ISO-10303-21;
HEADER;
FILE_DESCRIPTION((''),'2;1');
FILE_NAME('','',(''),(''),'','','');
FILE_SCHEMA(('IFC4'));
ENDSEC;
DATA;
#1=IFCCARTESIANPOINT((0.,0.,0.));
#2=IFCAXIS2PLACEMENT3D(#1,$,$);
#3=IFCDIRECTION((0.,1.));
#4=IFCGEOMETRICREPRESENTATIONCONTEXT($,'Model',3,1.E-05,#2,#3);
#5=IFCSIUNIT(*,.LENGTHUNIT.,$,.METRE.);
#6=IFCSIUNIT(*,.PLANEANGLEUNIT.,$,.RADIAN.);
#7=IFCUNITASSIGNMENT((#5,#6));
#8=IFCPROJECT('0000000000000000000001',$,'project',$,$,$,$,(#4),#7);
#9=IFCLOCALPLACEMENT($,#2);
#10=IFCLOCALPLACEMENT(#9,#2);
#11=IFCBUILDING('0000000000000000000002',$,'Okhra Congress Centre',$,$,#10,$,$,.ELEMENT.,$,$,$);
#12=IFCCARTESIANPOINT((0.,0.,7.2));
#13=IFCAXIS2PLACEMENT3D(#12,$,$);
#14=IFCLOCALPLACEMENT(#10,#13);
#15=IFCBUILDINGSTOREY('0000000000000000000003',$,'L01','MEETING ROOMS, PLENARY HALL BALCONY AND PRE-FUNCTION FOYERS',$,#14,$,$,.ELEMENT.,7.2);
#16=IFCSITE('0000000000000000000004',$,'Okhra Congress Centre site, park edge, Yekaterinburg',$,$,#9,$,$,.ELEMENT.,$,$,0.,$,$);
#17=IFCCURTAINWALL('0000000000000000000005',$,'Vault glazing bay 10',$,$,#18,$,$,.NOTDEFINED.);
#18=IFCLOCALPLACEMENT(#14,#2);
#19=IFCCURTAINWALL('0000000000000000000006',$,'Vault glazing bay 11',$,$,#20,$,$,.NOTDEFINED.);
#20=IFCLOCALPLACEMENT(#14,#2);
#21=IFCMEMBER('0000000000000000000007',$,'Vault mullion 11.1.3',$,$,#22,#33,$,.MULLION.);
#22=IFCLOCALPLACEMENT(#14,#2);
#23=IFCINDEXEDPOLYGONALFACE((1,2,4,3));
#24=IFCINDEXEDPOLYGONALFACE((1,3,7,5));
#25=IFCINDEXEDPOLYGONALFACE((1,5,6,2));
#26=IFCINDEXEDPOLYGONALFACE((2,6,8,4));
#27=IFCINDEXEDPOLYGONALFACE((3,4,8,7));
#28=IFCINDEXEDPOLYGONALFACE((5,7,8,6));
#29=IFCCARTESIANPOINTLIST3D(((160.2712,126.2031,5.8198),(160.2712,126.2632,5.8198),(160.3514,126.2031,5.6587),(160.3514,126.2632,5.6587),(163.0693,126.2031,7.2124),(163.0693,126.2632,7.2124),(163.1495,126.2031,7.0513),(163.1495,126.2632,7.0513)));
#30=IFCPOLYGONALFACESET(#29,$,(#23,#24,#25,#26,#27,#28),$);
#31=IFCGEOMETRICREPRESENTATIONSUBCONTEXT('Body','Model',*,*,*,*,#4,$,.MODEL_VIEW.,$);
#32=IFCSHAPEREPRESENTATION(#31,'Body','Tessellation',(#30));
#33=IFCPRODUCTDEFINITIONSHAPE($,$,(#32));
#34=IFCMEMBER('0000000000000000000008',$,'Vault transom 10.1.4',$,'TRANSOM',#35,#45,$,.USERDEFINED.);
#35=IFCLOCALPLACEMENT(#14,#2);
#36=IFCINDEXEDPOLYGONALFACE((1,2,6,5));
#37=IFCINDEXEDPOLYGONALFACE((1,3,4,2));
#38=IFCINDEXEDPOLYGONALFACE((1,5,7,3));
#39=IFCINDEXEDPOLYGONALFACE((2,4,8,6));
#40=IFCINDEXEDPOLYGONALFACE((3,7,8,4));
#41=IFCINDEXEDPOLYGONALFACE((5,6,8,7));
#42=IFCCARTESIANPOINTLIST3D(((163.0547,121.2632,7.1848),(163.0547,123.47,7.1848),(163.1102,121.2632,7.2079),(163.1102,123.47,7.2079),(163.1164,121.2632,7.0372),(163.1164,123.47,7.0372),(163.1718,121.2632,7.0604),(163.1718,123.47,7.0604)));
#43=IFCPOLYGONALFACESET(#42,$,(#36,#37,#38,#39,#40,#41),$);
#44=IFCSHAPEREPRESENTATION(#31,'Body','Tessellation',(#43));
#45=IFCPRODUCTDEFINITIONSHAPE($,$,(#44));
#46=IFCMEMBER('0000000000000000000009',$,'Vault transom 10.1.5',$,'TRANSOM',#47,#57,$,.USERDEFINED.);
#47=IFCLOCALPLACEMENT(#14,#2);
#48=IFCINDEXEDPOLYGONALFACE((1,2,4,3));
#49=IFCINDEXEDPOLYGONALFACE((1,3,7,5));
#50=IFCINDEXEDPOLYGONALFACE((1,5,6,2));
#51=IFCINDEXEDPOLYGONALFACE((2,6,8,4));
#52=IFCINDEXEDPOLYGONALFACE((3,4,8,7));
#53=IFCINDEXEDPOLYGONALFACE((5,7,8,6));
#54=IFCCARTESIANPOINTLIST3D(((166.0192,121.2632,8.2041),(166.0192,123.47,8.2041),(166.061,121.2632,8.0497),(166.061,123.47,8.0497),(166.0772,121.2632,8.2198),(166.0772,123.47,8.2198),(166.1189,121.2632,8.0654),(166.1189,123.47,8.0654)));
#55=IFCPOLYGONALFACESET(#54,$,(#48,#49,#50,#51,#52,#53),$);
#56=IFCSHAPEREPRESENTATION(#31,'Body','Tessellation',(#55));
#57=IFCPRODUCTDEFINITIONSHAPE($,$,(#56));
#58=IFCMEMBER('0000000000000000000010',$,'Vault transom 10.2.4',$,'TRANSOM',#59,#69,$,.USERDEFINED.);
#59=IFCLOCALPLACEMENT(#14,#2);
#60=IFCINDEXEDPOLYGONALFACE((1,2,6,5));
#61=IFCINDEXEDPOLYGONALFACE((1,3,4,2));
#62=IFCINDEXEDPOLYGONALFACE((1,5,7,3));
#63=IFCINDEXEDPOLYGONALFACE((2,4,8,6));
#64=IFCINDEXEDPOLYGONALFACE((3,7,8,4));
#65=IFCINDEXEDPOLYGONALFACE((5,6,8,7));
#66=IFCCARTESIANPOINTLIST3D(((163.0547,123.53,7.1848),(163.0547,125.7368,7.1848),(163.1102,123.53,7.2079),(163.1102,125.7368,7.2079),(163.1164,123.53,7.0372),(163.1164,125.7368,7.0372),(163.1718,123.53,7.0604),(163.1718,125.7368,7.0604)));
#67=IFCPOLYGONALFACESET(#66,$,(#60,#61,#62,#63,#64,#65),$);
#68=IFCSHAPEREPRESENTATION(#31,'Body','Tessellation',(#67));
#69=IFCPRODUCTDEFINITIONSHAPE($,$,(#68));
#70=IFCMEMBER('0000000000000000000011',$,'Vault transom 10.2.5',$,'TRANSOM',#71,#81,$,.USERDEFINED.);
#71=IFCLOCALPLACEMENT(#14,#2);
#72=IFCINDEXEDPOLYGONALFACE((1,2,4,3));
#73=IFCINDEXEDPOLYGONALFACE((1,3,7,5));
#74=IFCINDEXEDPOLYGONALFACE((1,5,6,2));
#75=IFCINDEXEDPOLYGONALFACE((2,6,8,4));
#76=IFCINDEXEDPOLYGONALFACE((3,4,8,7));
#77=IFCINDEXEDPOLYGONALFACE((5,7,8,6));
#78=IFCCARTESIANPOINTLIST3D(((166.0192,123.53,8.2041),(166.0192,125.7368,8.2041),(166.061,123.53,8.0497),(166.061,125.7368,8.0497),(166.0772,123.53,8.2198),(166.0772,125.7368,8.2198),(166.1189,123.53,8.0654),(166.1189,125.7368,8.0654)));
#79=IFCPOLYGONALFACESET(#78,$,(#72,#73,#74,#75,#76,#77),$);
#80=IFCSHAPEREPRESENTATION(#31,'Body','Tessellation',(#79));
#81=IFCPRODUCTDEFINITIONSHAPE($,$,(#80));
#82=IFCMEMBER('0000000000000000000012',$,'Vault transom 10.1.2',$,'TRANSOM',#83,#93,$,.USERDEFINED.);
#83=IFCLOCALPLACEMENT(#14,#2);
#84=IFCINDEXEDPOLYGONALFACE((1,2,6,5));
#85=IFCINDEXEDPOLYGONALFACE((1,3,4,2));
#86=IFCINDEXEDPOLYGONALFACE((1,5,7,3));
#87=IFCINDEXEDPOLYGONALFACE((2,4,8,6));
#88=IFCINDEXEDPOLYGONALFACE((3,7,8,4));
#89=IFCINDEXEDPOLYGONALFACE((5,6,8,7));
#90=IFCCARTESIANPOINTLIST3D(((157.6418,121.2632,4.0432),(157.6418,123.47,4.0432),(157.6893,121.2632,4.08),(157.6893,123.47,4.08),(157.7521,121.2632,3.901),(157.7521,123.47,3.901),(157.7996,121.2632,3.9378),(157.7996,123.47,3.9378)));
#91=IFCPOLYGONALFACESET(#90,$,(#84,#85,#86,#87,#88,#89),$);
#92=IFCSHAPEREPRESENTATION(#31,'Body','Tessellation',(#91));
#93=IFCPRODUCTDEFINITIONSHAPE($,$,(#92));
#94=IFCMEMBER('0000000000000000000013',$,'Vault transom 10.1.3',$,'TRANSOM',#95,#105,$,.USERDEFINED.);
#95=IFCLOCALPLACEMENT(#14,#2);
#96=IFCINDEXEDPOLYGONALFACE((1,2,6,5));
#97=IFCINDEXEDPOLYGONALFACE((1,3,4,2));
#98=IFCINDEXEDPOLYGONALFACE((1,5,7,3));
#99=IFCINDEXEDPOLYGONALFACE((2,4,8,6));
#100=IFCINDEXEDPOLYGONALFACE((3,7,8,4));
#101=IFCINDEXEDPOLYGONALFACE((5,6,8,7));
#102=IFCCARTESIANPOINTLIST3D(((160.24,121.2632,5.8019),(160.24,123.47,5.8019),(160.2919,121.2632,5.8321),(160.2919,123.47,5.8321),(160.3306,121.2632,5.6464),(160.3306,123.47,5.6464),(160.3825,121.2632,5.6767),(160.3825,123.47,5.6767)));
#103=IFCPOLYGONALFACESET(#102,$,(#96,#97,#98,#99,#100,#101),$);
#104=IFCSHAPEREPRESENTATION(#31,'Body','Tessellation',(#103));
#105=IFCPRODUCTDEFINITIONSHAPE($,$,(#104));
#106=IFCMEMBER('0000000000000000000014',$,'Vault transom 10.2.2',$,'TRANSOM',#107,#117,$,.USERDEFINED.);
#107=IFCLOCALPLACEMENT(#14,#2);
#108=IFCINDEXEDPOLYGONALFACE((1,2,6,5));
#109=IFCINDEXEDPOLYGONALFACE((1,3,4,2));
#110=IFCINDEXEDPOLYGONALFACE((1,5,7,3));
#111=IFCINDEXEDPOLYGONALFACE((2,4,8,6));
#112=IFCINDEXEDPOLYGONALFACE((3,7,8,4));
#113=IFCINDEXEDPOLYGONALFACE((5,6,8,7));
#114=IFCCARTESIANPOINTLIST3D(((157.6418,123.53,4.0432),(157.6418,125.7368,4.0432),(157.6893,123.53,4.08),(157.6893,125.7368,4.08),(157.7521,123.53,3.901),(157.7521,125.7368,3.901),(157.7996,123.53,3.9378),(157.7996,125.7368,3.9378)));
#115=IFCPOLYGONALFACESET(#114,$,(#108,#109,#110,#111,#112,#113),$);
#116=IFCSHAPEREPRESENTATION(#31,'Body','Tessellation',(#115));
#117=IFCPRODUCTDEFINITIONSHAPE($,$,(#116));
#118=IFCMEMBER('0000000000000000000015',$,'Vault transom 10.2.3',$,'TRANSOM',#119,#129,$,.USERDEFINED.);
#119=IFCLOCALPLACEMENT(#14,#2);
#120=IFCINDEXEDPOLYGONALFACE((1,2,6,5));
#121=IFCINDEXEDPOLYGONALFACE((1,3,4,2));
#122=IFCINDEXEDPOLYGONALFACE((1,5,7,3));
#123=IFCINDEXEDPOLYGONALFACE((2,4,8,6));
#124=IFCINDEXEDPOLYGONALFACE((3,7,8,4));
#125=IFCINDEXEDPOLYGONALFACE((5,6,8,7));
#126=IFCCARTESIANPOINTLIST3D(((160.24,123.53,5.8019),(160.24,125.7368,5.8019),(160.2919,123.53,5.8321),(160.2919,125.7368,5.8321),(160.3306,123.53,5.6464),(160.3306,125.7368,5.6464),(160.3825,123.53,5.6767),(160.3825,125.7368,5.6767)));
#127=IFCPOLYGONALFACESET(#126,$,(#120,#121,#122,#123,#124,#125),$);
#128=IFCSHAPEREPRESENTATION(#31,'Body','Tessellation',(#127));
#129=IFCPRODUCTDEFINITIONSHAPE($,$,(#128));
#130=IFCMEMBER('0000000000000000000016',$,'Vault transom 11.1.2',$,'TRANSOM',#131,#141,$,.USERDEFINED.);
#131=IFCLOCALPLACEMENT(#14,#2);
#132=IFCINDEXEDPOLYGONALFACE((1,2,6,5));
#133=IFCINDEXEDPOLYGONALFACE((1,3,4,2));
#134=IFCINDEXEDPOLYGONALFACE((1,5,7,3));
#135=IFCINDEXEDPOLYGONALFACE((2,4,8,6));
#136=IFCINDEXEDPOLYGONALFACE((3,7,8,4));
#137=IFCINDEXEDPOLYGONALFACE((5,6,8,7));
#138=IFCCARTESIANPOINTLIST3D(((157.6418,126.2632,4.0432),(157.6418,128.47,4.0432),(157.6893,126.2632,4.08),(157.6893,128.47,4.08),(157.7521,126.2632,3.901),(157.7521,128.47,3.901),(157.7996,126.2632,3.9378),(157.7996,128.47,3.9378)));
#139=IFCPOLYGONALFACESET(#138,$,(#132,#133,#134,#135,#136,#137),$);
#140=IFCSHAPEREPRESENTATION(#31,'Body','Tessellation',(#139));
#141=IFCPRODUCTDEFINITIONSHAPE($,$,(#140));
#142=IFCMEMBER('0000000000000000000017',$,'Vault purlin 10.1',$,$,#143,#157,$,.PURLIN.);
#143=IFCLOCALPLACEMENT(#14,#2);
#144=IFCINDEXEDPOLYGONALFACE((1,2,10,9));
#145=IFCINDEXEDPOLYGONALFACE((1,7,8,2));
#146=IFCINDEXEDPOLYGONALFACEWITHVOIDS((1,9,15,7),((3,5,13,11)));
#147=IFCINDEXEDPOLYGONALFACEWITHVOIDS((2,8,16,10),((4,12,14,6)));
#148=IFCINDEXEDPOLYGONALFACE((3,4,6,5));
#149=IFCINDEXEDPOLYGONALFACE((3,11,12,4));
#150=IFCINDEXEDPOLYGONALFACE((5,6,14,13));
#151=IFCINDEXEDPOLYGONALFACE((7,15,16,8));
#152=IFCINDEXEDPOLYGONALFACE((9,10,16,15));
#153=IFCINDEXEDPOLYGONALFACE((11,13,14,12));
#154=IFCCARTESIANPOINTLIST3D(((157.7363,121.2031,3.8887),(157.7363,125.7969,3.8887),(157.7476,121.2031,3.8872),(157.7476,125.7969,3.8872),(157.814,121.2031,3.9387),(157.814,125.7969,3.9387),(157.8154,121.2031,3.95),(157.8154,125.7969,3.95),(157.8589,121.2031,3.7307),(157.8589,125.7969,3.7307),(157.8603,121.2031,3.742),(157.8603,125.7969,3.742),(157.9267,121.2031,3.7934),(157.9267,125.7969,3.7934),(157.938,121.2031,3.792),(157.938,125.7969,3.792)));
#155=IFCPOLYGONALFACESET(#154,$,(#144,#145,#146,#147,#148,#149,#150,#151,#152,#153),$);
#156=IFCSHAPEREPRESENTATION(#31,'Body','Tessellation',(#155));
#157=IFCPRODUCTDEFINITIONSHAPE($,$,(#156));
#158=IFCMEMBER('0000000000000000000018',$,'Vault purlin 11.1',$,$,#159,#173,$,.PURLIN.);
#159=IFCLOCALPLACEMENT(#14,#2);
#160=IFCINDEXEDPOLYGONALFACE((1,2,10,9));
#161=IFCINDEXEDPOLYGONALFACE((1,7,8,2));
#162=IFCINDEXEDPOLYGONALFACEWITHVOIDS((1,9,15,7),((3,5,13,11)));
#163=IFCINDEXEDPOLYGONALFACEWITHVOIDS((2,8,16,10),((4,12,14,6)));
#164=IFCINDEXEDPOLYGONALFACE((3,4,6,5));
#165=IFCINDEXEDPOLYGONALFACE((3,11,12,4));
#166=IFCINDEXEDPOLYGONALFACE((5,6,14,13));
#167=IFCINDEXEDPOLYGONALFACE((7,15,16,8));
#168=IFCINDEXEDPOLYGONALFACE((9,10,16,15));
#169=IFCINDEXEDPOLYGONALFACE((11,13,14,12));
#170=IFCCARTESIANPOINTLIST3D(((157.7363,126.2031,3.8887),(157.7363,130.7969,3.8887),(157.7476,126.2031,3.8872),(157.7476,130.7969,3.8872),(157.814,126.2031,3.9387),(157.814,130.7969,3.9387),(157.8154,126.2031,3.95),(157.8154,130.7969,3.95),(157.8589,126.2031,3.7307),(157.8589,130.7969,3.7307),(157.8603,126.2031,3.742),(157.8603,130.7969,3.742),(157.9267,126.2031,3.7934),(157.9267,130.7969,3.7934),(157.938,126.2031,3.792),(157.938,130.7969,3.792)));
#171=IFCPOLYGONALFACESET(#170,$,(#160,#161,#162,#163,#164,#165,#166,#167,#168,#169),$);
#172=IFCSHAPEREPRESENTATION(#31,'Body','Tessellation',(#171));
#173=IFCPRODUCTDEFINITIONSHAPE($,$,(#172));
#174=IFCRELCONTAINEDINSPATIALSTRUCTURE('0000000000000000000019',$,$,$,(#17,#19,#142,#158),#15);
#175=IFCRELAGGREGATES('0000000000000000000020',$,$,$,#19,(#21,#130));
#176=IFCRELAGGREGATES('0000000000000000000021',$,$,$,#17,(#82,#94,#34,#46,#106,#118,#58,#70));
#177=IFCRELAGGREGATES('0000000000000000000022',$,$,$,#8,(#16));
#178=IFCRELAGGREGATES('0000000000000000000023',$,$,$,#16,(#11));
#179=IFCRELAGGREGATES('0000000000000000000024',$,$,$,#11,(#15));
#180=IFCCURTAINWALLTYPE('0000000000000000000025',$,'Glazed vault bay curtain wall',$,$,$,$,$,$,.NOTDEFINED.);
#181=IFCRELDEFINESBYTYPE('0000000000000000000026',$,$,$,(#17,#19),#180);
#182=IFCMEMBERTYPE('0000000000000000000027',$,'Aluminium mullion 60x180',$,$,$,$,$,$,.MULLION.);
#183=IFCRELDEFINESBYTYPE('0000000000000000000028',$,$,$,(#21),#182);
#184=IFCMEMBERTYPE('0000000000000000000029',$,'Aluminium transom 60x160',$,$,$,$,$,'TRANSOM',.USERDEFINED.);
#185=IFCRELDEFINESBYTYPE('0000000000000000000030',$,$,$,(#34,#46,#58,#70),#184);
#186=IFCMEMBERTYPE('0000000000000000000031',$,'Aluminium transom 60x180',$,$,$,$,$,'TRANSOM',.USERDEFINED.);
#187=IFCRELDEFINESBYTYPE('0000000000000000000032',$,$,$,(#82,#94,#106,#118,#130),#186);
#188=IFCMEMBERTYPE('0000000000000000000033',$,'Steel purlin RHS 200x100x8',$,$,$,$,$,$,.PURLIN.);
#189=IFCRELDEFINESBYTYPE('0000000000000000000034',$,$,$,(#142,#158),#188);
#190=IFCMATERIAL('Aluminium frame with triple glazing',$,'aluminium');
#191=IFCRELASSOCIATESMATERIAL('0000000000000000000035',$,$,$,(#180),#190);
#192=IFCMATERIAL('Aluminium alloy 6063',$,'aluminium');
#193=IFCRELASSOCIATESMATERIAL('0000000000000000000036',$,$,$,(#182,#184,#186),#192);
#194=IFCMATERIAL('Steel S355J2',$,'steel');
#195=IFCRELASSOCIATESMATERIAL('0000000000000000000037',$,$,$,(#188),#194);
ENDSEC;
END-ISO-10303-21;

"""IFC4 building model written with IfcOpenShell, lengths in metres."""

from ifc_helpers import new_model, si_unit, direction, frame, origin, origin_2d, place, context, subcontext, project, spatial, rectangle, hollow_rectangle, extrude, material, material_profile, profile_set, type_object, element, aggregate, save


model = new_model("IFC4")

# Units and contexts
model_context = context("Model", 3, precision=1e-05, world=origin(), true_north=direction((0.0, 1.0)))
body_context = subcontext(model_context, "Body", "Model", "MODEL_VIEW")
ifc_project = project(units=[si_unit("LENGTHUNIT", "METRE"), si_unit("PLANEANGLEUNIT", "RADIAN")], contexts=[model_context])

# Site, building, storey
site_placement = place(None, origin())
site = spatial("IfcSite", under=ifc_project, at=site_placement, Name="Okhra Congress Centre site, park edge, Yekaterinburg", CompositionType="ELEMENT", RefElevation=0.0)
building_placement = place(site_placement, origin())
building = spatial("IfcBuilding", under=site, at=building_placement, Name="Okhra Congress Centre", CompositionType="ELEMENT")
storey_placement = place(building_placement, frame((0.0, 0.0, 7.2)))
storey = spatial("IfcBuildingStorey", under=building, at=storey_placement, Name="L01", Description="MEETING ROOMS, PLENARY HALL BALCONY AND PRE-FUNCTION FOYERS", CompositionType="ELEMENT", Elevation=7.2)

# Curtain walls
ifc_material_1 = material(Name="Aluminium frame with triple glazing", Category="aluminium")
curtain_wall_type = type_object("IfcCurtainWallType", Name="Glazed vault bay curtain wall", PredefinedType="NOTDEFINED", material=ifc_material_1)
curtain_wall_1_placement = place(storey_placement, origin())
curtain_wall_1 = element("IfcCurtainWall", 1, at=curtain_wall_1_placement, inside=storey, type_object=curtain_wall_type, Name="Vault glazing bay 10", PredefinedType="NOTDEFINED")
ifc_material_2 = material(Name="Aluminium alloy 6063", Category="aluminium")
curtain_wall_2_placement = place(storey_placement, origin())
curtain_wall_2 = element("IfcCurtainWall", 2, at=curtain_wall_2_placement, inside=storey, type_object=curtain_wall_type, Name="Vault glazing bay 11", PredefinedType="NOTDEFINED")

# Members
ifc_material_profile_1 = material_profile(ifc_material_2, rectangle(XDim=0.0601, YDim=0.1799, at=origin_2d()), Name="AL 60x180")
ifc_profile_set_1 = profile_set([ifc_material_profile_1], Name="Aluminium alloy 6063")
member_type_1 = type_object("IfcMemberType", Name="Aluminium mullion 60x180", PredefinedType="MULLION", material=ifc_profile_set_1)
member_1_placement = place(storey_placement, frame((160.3113, 126.2332, 5.7393), z_axis=(0.895254, 0.0, 0.445557), x_axis=(0.0, 1.0, 0.0)))
member_1 = element("IfcMember", 3, at=member_1_placement, type_object=member_type_1, Name="Vault mullion 11.1.3", PredefinedType="MULLION", context=body_context, shape_type="SweptSolid", body=[
    extrude(rectangle(XDim=0.0601, YDim=0.1799, at=origin_2d()), origin(), (0.0, 0.0, 1.0), 3.1255),
])
ifc_material_profile_2 = material_profile(ifc_material_2, rectangle(XDim=0.0601, YDim=0.1599, at=origin_2d()), Name="AL 60x160 transom")
ifc_profile_set_2 = profile_set([ifc_material_profile_2], Name="Aluminium alloy 6063")
member_type_2 = type_object("IfcMemberType", Name="Aluminium transom 60x160", ElementType="TRANSOM", PredefinedType="USERDEFINED", material=ifc_profile_set_2)
member_2_placement = place(storey_placement, frame((163.1133, 121.2632, 7.1226), z_axis=(0.0, 1.0, 0.0), x_axis=(-0.922669, 0.0, -0.385593)))
member_2 = element("IfcMember", 4, at=member_2_placement, type_object=member_type_2, Name="Vault transom 10.1.4", ObjectType="TRANSOM", PredefinedType="USERDEFINED", context=body_context, shape_type="SweptSolid", body=[
    extrude(rectangle(XDim=0.0601, YDim=0.1599, at=origin_2d()), origin(), (0.0, 0.0, 1.0), 2.2068),
])
member_3_placement = place(storey_placement, frame((166.0691, 121.2632, 8.1348), z_axis=(0.0, 1.0, 0.0), x_axis=(-0.96538, 0.0, -0.260848)))
member_3 = element("IfcMember", 5, at=member_3_placement, type_object=member_type_2, Name="Vault transom 10.1.5", ObjectType="TRANSOM", PredefinedType="USERDEFINED", context=body_context, shape_type="SweptSolid", body=[
    extrude(rectangle(XDim=0.0601, YDim=0.1599, at=origin_2d()), origin(), (0.0, 0.0, 1.0), 2.2068),
])
member_4_placement = place(storey_placement, frame((163.1133, 123.53, 7.1226), z_axis=(0.0, 1.0, 0.0), x_axis=(-0.922669, 0.0, -0.385593)))
member_4 = element("IfcMember", 6, at=member_4_placement, type_object=member_type_2, Name="Vault transom 10.2.4", ObjectType="TRANSOM", PredefinedType="USERDEFINED", context=body_context, shape_type="SweptSolid", body=[
    extrude(rectangle(XDim=0.0601, YDim=0.1599, at=origin_2d()), origin(), (0.0, 0.0, 1.0), 2.2068),
])
member_5_placement = place(storey_placement, frame((166.0691, 123.53, 8.1348), z_axis=(0.0, 1.0, 0.0), x_axis=(-0.96538, 0.0, -0.260848)))
member_5 = element("IfcMember", 7, at=member_5_placement, type_object=member_type_2, Name="Vault transom 10.2.5", ObjectType="TRANSOM", PredefinedType="USERDEFINED", context=body_context, shape_type="SweptSolid", body=[
    extrude(rectangle(XDim=0.0601, YDim=0.1599, at=origin_2d()), origin(), (0.0, 0.0, 1.0), 2.2068),
])
ifc_material_profile_3 = material_profile(ifc_material_2, rectangle(XDim=0.0601, YDim=0.1799, at=origin_2d()), Name="AL 60x180 transom")
ifc_profile_set_3 = profile_set([ifc_material_profile_3], Name="Aluminium alloy 6063")
member_type_3 = type_object("IfcMemberType", Name="Aluminium transom 60x180", ElementType="TRANSOM", PredefinedType="USERDEFINED", material=ifc_profile_set_3)
member_6_placement = place(storey_placement, frame((157.7207, 121.2632, 3.9905), z_axis=(0.0, 1.0, 0.0), x_axis=(-0.790145, 0.0, -0.61292)))
member_6 = element("IfcMember", 8, at=member_6_placement, type_object=member_type_3, Name="Vault transom 10.1.2", ObjectType="TRANSOM", PredefinedType="USERDEFINED", context=body_context, shape_type="SweptSolid", body=[
    extrude(rectangle(XDim=0.0601, YDim=0.1799, at=origin_2d()), origin(), (0.0, 0.0, 1.0), 2.2068),
])
member_7_placement = place(storey_placement, frame((160.3113, 121.2632, 5.7393), z_axis=(0.0, 1.0, 0.0), x_axis=(-0.863917, 0.0, -0.503634)))
member_7 = element("IfcMember", 9, at=member_7_placement, type_object=member_type_3, Name="Vault transom 10.1.3", ObjectType="TRANSOM", PredefinedType="USERDEFINED", context=body_context, shape_type="SweptSolid", body=[
    extrude(rectangle(XDim=0.0601, YDim=0.1799, at=origin_2d()), origin(), (0.0, 0.0, 1.0), 2.2068),
])
member_8_placement = place(storey_placement, frame((157.7207, 123.53, 3.9905), z_axis=(0.0, 1.0, 0.0), x_axis=(-0.790145, 0.0, -0.61292)))
member_8 = element("IfcMember", 10, at=member_8_placement, type_object=member_type_3, Name="Vault transom 10.2.2", ObjectType="TRANSOM", PredefinedType="USERDEFINED", context=body_context, shape_type="SweptSolid", body=[
    extrude(rectangle(XDim=0.0601, YDim=0.1799, at=origin_2d()), origin(), (0.0, 0.0, 1.0), 2.2068),
])
member_9_placement = place(storey_placement, frame((160.3113, 123.53, 5.7393), z_axis=(0.0, 1.0, 0.0), x_axis=(-0.863917, 0.0, -0.503634)))
member_9 = element("IfcMember", 11, at=member_9_placement, type_object=member_type_3, Name="Vault transom 10.2.3", ObjectType="TRANSOM", PredefinedType="USERDEFINED", context=body_context, shape_type="SweptSolid", body=[
    extrude(rectangle(XDim=0.0601, YDim=0.1799, at=origin_2d()), origin(), (0.0, 0.0, 1.0), 2.2068),
])
member_10_placement = place(storey_placement, frame((157.7207, 126.2632, 3.9905), z_axis=(0.0, 1.0, 0.0), x_axis=(-0.790145, 0.0, -0.61292)))
member_10 = element("IfcMember", 12, at=member_10_placement, type_object=member_type_3, Name="Vault transom 11.1.2", ObjectType="TRANSOM", PredefinedType="USERDEFINED", context=body_context, shape_type="SweptSolid", body=[
    extrude(rectangle(XDim=0.0601, YDim=0.1799, at=origin_2d()), origin(), (0.0, 0.0, 1.0), 2.2068),
])

# Members
ifc_material_3 = material(Name="Steel S355J2", Category="steel")
ifc_material_profile_4 = material_profile(ifc_material_3, hollow_rectangle(XDim=0.1001, YDim=0.2, WallThickness=0.0081, at=origin_2d()), Name="RHS 200x100x8")
ifc_profile_set_4 = profile_set([ifc_material_profile_4], Name="Steel S355J2")
member_type_4 = type_object("IfcMemberType", Name="Steel purlin RHS 200x100x8", PredefinedType="PURLIN", material=ifc_profile_set_4)
for number, where, z_axis, x_axis, name in (
    (13, (157.8372, 121.2031, 3.8403), (0.0, 1.0, 0.0), (-0.790145, 0.0, -0.61292), "Vault purlin 10.1"),
    (14, (157.8372, 126.2031, 3.8403), (0.0, 1.0, 0.0), (-0.790145, 0.0, -0.61292), "Vault purlin 11.1"),
):
    element("IfcMember", number, at=place(storey_placement, frame(where, z_axis=z_axis, x_axis=x_axis)), inside=storey, type_object=member_type_4, Name=name, PredefinedType="PURLIN", context=body_context, shape_type="SweptSolid", body=[
        extrude(hollow_rectangle(XDim=0.1001, YDim=0.2, WallThickness=0.0081, at=origin_2d()), origin(), (0.0, 0.0, 1.0), 4.5938),
    ])

aggregate(curtain_wall_2, [member_1, member_10])
aggregate(curtain_wall_1, [member_6, member_7, member_2, member_3, member_8, member_9, member_4, member_5])

save(model, "model.ifc")
